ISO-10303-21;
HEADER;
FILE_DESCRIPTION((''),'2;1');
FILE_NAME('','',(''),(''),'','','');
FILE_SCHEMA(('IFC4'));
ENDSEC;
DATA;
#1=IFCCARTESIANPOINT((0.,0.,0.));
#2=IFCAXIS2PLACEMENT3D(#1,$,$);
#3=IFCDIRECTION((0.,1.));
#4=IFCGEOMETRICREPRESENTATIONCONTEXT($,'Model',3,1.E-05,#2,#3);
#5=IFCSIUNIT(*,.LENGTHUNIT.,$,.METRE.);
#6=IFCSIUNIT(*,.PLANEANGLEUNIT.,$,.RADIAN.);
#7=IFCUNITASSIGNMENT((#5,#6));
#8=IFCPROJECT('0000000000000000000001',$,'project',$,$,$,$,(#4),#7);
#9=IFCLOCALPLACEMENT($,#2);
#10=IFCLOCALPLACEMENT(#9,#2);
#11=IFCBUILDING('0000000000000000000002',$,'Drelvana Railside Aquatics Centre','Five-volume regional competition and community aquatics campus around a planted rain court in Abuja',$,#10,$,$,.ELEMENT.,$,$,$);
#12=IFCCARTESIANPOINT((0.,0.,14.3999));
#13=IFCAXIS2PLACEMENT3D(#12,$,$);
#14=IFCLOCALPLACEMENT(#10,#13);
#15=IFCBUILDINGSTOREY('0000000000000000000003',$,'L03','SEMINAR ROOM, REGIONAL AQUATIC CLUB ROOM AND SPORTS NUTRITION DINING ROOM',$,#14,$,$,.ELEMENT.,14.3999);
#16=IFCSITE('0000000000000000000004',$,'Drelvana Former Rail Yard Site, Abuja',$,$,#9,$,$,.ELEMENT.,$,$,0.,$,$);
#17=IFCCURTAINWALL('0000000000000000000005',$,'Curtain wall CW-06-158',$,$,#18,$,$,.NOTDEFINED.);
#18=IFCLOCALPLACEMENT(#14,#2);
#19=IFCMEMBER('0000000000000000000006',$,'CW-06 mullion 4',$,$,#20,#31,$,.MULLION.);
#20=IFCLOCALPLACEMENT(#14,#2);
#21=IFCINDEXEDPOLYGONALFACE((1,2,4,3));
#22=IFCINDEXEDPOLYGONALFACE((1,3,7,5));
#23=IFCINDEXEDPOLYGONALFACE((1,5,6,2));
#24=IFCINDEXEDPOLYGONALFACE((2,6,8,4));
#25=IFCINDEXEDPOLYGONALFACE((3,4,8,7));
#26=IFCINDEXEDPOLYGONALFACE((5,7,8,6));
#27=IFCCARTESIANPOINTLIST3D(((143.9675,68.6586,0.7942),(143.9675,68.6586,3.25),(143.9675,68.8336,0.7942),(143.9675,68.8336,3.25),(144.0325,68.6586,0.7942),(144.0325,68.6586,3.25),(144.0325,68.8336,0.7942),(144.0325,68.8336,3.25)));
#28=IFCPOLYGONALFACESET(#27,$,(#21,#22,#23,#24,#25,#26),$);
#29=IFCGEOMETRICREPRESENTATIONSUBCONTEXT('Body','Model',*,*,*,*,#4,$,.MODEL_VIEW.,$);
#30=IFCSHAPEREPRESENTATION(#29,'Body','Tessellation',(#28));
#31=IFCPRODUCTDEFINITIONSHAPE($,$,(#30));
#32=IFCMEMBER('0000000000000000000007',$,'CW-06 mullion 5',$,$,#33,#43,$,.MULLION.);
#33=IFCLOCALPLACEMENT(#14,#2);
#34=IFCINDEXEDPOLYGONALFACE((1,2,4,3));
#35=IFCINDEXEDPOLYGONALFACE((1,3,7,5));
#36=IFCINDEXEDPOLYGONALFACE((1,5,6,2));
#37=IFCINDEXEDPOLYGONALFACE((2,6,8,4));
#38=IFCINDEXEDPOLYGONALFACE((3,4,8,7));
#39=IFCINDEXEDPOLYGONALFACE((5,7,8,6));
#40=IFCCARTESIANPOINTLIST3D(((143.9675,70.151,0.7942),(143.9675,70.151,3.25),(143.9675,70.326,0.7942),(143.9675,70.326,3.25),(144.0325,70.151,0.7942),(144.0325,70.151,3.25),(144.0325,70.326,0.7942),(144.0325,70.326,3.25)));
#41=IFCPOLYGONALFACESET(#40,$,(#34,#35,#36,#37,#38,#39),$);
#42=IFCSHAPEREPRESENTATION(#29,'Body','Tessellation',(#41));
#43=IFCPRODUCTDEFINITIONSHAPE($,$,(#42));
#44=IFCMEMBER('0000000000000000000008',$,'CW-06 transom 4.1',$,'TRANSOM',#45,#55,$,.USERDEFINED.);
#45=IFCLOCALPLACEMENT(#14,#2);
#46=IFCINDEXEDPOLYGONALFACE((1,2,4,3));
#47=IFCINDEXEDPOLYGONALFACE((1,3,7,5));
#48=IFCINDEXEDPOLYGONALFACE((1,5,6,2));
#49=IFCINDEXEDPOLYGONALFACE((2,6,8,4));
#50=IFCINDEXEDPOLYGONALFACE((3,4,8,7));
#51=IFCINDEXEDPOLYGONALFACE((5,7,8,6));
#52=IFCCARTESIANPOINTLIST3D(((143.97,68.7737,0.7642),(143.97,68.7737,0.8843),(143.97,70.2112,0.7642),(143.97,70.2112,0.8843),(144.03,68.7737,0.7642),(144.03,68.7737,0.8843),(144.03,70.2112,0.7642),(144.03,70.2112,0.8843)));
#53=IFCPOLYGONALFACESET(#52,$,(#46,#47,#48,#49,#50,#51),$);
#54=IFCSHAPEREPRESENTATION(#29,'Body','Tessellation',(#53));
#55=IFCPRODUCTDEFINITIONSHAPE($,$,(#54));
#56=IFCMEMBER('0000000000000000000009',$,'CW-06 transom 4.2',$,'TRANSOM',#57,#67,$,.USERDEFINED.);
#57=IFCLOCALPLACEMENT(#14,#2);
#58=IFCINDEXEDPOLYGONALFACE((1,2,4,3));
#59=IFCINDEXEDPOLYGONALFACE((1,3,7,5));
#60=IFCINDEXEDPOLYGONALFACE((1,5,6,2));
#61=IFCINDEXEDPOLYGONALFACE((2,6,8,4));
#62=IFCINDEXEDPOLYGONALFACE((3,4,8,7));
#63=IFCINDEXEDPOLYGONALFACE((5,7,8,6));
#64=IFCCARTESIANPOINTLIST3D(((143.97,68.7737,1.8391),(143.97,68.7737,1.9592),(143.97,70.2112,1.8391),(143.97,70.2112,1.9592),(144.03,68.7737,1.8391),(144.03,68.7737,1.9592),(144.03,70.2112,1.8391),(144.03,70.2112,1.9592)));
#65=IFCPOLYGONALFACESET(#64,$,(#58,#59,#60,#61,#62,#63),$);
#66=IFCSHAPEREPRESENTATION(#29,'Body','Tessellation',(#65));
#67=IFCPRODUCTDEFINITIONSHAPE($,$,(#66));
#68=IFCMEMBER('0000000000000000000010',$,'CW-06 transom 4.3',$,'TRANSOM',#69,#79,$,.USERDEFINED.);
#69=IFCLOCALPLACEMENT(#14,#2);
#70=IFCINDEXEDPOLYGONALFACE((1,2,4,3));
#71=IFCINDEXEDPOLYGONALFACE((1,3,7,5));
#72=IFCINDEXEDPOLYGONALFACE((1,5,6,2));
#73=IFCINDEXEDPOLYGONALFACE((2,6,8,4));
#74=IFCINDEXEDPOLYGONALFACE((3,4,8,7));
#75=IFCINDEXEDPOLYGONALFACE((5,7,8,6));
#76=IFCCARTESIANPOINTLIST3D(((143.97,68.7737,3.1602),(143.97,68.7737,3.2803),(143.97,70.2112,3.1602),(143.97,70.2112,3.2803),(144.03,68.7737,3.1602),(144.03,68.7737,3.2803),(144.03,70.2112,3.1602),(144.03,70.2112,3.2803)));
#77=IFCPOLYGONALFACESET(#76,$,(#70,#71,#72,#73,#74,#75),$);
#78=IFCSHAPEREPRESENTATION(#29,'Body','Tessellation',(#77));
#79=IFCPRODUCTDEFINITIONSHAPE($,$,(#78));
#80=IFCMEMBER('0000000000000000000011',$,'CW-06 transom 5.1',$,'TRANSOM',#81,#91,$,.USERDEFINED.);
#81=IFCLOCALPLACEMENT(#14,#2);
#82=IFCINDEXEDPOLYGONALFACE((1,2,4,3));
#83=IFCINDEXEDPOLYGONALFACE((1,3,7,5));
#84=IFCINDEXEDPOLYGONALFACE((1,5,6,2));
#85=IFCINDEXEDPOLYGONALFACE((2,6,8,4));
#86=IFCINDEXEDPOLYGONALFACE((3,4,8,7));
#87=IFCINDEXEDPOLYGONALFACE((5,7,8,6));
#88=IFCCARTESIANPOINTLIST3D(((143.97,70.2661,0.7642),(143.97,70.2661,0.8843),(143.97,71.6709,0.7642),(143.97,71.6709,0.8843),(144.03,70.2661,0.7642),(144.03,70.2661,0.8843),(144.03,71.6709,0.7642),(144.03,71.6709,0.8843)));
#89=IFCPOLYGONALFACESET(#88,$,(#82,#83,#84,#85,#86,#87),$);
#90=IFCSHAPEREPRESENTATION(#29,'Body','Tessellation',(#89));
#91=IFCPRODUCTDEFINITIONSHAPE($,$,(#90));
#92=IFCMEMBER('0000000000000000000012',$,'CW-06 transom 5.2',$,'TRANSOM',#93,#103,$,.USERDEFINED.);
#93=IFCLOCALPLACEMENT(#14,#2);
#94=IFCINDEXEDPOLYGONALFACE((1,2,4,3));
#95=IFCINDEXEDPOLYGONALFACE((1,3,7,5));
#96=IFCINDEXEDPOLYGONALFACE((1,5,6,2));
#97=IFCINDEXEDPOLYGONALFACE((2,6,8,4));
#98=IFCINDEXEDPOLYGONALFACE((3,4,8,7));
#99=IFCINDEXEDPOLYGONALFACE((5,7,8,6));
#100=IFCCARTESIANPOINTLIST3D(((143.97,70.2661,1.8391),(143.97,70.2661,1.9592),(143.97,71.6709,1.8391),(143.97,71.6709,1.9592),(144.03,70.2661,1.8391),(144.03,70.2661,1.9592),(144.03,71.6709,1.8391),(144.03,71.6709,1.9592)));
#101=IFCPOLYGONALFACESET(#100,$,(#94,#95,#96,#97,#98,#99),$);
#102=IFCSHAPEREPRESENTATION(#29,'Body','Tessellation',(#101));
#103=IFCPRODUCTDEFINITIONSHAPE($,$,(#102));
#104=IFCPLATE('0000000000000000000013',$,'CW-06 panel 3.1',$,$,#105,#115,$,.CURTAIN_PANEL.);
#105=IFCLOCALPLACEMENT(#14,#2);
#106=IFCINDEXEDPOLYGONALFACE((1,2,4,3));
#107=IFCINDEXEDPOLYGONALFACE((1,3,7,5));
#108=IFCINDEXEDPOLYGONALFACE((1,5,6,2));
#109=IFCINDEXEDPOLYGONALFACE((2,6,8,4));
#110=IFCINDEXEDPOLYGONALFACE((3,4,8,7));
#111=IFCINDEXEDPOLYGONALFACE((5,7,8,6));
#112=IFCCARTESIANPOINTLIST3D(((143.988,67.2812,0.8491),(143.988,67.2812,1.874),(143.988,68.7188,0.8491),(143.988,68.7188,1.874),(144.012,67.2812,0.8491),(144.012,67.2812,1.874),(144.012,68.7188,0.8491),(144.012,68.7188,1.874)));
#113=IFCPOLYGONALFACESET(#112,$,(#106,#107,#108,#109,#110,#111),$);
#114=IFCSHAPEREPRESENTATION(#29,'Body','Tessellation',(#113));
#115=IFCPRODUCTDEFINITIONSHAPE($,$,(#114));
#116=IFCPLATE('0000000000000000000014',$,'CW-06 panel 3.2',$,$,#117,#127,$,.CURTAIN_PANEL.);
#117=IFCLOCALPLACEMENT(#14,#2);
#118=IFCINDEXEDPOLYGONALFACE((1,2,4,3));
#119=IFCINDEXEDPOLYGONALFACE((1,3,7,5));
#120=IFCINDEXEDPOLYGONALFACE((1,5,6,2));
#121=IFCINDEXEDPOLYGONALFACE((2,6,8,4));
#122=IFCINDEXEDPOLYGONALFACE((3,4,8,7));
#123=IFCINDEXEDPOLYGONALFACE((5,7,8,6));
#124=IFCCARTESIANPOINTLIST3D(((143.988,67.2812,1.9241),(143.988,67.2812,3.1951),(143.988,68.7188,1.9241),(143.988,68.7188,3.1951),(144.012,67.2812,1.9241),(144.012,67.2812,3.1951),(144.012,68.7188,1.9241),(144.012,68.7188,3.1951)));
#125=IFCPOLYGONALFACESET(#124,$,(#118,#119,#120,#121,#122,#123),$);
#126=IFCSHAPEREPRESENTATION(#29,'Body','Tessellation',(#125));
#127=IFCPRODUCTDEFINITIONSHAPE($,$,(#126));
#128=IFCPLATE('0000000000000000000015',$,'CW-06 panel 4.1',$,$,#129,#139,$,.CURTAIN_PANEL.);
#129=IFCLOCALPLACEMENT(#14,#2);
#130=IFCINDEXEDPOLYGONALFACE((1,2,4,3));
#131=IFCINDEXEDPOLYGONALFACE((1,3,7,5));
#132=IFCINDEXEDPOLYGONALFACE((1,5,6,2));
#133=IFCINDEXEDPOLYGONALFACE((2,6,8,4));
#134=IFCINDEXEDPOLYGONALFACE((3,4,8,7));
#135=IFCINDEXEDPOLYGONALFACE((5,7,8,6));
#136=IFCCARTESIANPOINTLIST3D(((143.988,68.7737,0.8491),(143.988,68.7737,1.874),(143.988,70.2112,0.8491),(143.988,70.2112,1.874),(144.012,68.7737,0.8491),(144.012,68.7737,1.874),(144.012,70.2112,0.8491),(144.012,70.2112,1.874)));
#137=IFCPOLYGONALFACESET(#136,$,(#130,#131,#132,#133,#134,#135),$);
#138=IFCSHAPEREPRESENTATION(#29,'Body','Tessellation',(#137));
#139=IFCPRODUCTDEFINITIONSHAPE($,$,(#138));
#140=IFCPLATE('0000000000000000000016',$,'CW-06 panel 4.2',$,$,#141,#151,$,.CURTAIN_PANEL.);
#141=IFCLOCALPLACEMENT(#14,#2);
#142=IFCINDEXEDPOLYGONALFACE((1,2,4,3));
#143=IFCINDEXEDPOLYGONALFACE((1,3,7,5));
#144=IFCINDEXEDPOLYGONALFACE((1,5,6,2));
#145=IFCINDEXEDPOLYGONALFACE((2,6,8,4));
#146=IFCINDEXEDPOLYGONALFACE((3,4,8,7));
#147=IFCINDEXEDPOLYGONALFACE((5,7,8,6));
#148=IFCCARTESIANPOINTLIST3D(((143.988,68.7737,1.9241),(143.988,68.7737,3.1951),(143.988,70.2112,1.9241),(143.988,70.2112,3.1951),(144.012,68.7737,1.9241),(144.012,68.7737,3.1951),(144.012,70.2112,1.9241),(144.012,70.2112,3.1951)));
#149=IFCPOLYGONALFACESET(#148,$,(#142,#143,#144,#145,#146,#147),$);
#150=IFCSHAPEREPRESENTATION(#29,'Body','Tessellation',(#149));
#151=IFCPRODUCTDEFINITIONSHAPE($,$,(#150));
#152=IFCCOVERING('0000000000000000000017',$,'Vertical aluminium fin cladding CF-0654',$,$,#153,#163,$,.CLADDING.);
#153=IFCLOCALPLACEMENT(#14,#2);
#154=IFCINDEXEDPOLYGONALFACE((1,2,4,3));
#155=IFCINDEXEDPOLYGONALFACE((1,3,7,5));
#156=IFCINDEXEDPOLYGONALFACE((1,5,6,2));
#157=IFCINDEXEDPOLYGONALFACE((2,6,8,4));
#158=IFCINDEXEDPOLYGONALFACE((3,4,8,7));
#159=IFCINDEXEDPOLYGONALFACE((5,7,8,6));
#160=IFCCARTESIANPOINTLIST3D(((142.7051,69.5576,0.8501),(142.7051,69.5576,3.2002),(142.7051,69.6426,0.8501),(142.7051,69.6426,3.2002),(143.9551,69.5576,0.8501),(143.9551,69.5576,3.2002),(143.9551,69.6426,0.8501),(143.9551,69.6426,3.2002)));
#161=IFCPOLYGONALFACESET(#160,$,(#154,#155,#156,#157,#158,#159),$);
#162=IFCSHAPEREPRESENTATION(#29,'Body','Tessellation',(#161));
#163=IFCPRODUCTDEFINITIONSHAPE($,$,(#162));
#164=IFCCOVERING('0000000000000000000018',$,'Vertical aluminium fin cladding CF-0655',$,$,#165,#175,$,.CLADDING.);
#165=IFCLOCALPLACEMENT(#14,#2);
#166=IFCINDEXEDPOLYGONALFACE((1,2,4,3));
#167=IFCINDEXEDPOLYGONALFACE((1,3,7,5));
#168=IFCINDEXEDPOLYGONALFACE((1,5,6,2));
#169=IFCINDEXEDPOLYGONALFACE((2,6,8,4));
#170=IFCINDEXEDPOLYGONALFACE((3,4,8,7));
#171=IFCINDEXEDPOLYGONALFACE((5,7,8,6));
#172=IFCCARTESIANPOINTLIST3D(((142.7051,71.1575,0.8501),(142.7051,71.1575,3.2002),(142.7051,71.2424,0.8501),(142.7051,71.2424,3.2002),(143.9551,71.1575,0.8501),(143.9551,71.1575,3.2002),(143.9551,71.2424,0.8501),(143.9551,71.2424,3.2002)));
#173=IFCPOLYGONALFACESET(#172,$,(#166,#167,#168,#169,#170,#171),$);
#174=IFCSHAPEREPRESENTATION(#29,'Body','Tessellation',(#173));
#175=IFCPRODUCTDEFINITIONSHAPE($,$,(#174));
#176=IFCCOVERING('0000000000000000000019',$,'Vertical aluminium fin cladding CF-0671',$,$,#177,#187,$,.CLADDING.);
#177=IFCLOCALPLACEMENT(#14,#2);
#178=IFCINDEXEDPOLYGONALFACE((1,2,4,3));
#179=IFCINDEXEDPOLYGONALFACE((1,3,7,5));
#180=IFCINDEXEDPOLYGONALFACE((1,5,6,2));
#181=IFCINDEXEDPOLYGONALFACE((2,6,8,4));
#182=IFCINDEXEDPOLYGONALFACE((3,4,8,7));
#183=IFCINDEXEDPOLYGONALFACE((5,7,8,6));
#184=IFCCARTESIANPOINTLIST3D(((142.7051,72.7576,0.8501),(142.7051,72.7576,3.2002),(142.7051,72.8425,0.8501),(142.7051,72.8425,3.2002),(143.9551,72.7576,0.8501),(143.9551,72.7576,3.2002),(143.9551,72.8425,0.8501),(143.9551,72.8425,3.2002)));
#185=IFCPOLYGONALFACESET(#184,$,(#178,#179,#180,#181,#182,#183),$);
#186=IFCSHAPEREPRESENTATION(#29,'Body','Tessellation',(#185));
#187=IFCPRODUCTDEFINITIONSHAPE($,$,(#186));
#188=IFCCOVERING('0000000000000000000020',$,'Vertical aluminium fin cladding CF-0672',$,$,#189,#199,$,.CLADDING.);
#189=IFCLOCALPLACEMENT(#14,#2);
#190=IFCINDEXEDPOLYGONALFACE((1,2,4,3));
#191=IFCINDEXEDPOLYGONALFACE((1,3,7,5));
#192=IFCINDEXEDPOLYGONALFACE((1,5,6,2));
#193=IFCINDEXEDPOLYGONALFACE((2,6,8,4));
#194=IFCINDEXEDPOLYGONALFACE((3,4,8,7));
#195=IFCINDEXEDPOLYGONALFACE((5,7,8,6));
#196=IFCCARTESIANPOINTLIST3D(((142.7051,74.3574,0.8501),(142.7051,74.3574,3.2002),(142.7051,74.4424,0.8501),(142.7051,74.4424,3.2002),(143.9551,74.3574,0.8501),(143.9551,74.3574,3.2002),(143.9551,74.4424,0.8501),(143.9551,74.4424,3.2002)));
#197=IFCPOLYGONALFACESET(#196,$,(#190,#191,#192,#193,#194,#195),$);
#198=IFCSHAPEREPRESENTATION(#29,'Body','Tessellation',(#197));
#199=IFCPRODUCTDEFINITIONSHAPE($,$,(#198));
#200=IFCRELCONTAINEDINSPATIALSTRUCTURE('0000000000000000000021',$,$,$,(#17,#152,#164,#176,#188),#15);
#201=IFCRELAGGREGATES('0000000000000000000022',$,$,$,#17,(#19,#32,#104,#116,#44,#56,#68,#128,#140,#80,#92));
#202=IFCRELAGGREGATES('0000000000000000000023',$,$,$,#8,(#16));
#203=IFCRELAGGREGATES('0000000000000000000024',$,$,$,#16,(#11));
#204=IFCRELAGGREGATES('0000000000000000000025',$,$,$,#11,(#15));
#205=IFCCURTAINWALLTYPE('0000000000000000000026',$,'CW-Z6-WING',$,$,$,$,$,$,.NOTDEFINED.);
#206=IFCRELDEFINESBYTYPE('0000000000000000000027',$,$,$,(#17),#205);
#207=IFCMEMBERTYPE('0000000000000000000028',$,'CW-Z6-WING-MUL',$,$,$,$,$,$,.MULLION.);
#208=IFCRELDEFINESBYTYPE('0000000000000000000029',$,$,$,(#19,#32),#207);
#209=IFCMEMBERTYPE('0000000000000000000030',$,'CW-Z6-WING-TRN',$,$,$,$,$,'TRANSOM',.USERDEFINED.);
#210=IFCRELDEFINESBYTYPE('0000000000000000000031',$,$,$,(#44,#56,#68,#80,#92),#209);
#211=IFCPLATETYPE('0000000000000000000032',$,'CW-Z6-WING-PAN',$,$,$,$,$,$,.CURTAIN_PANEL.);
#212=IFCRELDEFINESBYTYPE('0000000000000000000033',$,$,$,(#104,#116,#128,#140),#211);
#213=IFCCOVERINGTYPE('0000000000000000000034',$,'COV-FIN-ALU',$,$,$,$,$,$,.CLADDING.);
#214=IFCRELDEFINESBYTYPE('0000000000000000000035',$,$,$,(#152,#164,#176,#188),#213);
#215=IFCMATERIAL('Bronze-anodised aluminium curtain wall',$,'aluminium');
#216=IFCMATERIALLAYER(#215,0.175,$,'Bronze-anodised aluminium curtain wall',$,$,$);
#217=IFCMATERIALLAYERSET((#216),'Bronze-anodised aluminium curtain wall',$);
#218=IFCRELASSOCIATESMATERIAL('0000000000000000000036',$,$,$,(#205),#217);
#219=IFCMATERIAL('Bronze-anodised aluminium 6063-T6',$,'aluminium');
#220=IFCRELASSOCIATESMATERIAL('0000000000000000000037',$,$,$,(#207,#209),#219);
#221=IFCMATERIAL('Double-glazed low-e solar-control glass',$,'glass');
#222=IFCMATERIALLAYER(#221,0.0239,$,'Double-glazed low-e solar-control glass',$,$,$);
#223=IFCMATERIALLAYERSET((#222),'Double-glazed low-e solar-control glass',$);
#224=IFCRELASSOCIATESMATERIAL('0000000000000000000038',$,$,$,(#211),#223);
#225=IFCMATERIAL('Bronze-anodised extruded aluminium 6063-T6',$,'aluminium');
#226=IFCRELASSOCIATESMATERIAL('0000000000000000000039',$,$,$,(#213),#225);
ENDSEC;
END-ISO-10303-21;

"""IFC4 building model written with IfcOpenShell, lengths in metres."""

from ifc_helpers import new_model, si_unit, direction, frame, origin, origin_2d, place, context, subcontext, project, spatial, rectangle, extrude, material, layer, layer_set, material_profile, profile_set, type_object, element, aggregate, save


model = new_model("IFC4")

# Units and contexts
model_context = context("Model", 3, precision=1e-05, world=origin(), true_north=direction((0.0, 1.0)))
body_context = subcontext(model_context, "Body", "Model", "MODEL_VIEW")
ifc_project = project(units=[si_unit("LENGTHUNIT", "METRE"), si_unit("PLANEANGLEUNIT", "RADIAN")], contexts=[model_context])

# Site, building, storey
site_placement = place(None, origin())
site = spatial("IfcSite", under=ifc_project, at=site_placement, Name="Drelvana Former Rail Yard Site, Abuja", CompositionType="ELEMENT", RefElevation=0.0)
building_placement = place(site_placement, origin())
building = spatial("IfcBuilding", under=site, at=building_placement, Name="Drelvana Railside Aquatics Centre", Description="Five-volume regional competition and community aquatics campus around a planted rain court in Abuja", CompositionType="ELEMENT")
storey_placement = place(building_placement, frame((0.0, 0.0, 14.3999)))
storey = spatial("IfcBuildingStorey", under=building, at=storey_placement, Name="L03", Description="SEMINAR ROOM, REGIONAL AQUATIC CLUB ROOM AND SPORTS NUTRITION DINING ROOM", CompositionType="ELEMENT", Elevation=14.3999)

# Curtain wall, members, plates
ifc_material_1 = material(Name="Bronze-anodised aluminium curtain wall", Category="aluminium")
ifc_layer_1 = layer(ifc_material_1, 0.175, Name="Bronze-anodised aluminium curtain wall")
ifc_layer_set_1 = layer_set([ifc_layer_1], Name="Bronze-anodised aluminium curtain wall")
curtain_wall_type = type_object("IfcCurtainWallType", Name="CW-Z6-WING", PredefinedType="NOTDEFINED", material=ifc_layer_set_1)
curtain_wall_placement = place(storey_placement, origin())
curtain_wall = element("IfcCurtainWall", 1, at=curtain_wall_placement, inside=storey, type_object=curtain_wall_type, Name="Curtain wall CW-06-158", PredefinedType="NOTDEFINED")
ifc_material_2 = material(Name="Bronze-anodised aluminium 6063-T6", Category="aluminium")
ifc_material_profile_1 = material_profile(ifc_material_2, rectangle(XDim=0.0649, YDim=0.175, at=origin_2d()), Name="ALU-M 65x175")
ifc_profile_set_1 = profile_set([ifc_material_profile_1], Name="Bronze-anodised aluminium 6063-T6")
member_type_1 = type_object("IfcMemberType", Name="CW-Z6-WING-MUL", PredefinedType="MULLION", material=ifc_profile_set_1)
member_1_placement = place(storey_placement, frame((144.0, 68.7461, 0.7942), z_axis=(0.0, 0.0, 1.0), x_axis=(-1.0, 0.0, 0.0)))
member_1 = element("IfcMember", 2, at=member_1_placement, type_object=member_type_1, Name="CW-06 mullion 4", PredefinedType="MULLION", context=body_context, shape_type="SweptSolid", body=[
    extrude(rectangle(XDim=0.0649, YDim=0.175, at=origin_2d()), origin(), (0.0, 0.0, 1.0), 2.4558),
])
member_2_placement = place(storey_placement, frame((144.0, 70.2385, 0.7942), z_axis=(0.0, 0.0, 1.0), x_axis=(-1.0, 0.0, 0.0)))
member_2 = element("IfcMember", 3, at=member_2_placement, type_object=member_type_1, Name="CW-06 mullion 5", PredefinedType="MULLION", context=body_context, shape_type="SweptSolid", body=[
    extrude(rectangle(XDim=0.0649, YDim=0.175, at=origin_2d()), origin(), (0.0, 0.0, 1.0), 2.4558),
])
ifc_material_profile_2 = material_profile(ifc_material_2, rectangle(XDim=0.1201, YDim=0.0601, at=origin_2d()), Name="ALU-T 60x120")
ifc_profile_set_2 = profile_set([ifc_material_profile_2], Name="Bronze-anodised aluminium 6063-T6")
member_type_2 = type_object("IfcMemberType", Name="CW-Z6-WING-TRN", ElementType="TRANSOM", PredefinedType="USERDEFINED", material=ifc_profile_set_2)
member_3_placement = place(storey_placement, frame((144.0, 68.7737, 0.8242), z_axis=(0.0, 1.0, 0.0), x_axis=(0.0, 0.0, 1.0)))
member_3 = element("IfcMember", 4, at=member_3_placement, type_object=member_type_2, Name="CW-06 transom 4.1", ObjectType="TRANSOM", PredefinedType="USERDEFINED", context=body_context, shape_type="SweptSolid", body=[
    extrude(rectangle(XDim=0.1201, YDim=0.0601, at=origin_2d()), origin(), (0.0, 0.0, 1.0), 1.4375),
])
member_4_placement = place(storey_placement, frame((144.0, 68.7737, 1.8992), z_axis=(0.0, 1.0, 0.0), x_axis=(0.0, 0.0, 1.0)))
member_4 = element("IfcMember", 5, at=member_4_placement, type_object=member_type_2, Name="CW-06 transom 4.2", ObjectType="TRANSOM", PredefinedType="USERDEFINED", context=body_context, shape_type="SweptSolid", body=[
    extrude(rectangle(XDim=0.1201, YDim=0.0601, at=origin_2d()), origin(), (0.0, 0.0, 1.0), 1.4375),
])
member_5_placement = place(storey_placement, frame((144.0, 68.7737, 3.2202), z_axis=(0.0, 1.0, 0.0), x_axis=(0.0, 0.0, 1.0)))
member_5 = element("IfcMember", 6, at=member_5_placement, type_object=member_type_2, Name="CW-06 transom 4.3", ObjectType="TRANSOM", PredefinedType="USERDEFINED", context=body_context, shape_type="SweptSolid", body=[
    extrude(rectangle(XDim=0.1201, YDim=0.0601, at=origin_2d()), origin(), (0.0, 0.0, 1.0), 1.4375),
])
member_6_placement = place(storey_placement, frame((144.0, 70.2661, 0.8242), z_axis=(0.0, 1.0, 0.0), x_axis=(0.0, 0.0, 1.0)))
member_6 = element("IfcMember", 7, at=member_6_placement, type_object=member_type_2, Name="CW-06 transom 5.1", ObjectType="TRANSOM", PredefinedType="USERDEFINED", context=body_context, shape_type="SweptSolid", body=[
    extrude(rectangle(XDim=0.1201, YDim=0.0601, at=origin_2d()), origin(), (0.0, 0.0, 1.0), 1.4048),
])
member_7_placement = place(storey_placement, frame((144.0, 70.2661, 1.8992), z_axis=(0.0, 1.0, 0.0), x_axis=(0.0, 0.0, 1.0)))
member_7 = element("IfcMember", 8, at=member_7_placement, type_object=member_type_2, Name="CW-06 transom 5.2", ObjectType="TRANSOM", PredefinedType="USERDEFINED", context=body_context, shape_type="SweptSolid", body=[
    extrude(rectangle(XDim=0.1201, YDim=0.0601, at=origin_2d()), origin(), (0.0, 0.0, 1.0), 1.4048),
])
ifc_material_3 = material(Name="Double-glazed low-e solar-control glass", Category="glass")
ifc_layer_2 = layer(ifc_material_3, 0.0239, Name="Double-glazed low-e solar-control glass")
ifc_layer_set_2 = layer_set([ifc_layer_2], Name="Double-glazed low-e solar-control glass")
plate_type = type_object("IfcPlateType", Name="CW-Z6-WING-PAN", PredefinedType="CURTAIN_PANEL", material=ifc_layer_set_2)
plate_1_placement = place(storey_placement, frame((144.0, 68.0, 0.8491), z_axis=(0.0, 0.0, 1.0), x_axis=(0.0, 1.0, 0.0)))
plate_1 = element("IfcPlate", 9, at=plate_1_placement, type_object=plate_type, Name="CW-06 panel 3.1", PredefinedType="CURTAIN_PANEL", context=body_context, shape_type="SweptSolid", body=[
    extrude(rectangle(XDim=1.4375, YDim=0.0239, at=origin_2d()), origin(), (0.0, 0.0, 1.0), 1.0249),
])
plate_2_placement = place(storey_placement, frame((144.0, 68.0, 1.9241), z_axis=(0.0, 0.0, 1.0), x_axis=(0.0, 1.0, 0.0)))
plate_2 = element("IfcPlate", 10, at=plate_2_placement, type_object=plate_type, Name="CW-06 panel 3.2", PredefinedType="CURTAIN_PANEL", context=body_context, shape_type="SweptSolid", body=[
    extrude(rectangle(XDim=1.4375, YDim=0.0239, at=origin_2d()), origin(), (0.0, 0.0, 1.0), 1.271),
])
plate_3_placement = place(storey_placement, frame((144.0, 69.4924, 0.8491), z_axis=(0.0, 0.0, 1.0), x_axis=(0.0, 1.0, 0.0)))
plate_3 = element("IfcPlate", 11, at=plate_3_placement, type_object=plate_type, Name="CW-06 panel 4.1", PredefinedType="CURTAIN_PANEL", context=body_context, shape_type="SweptSolid", body=[
    extrude(rectangle(XDim=1.4375, YDim=0.0239, at=origin_2d()), origin(), (0.0, 0.0, 1.0), 1.0249),
])
plate_4_placement = place(storey_placement, frame((144.0, 69.4924, 1.9241), z_axis=(0.0, 0.0, 1.0), x_axis=(0.0, 1.0, 0.0)))
plate_4 = element("IfcPlate", 12, at=plate_4_placement, type_object=plate_type, Name="CW-06 panel 4.2", PredefinedType="CURTAIN_PANEL", context=body_context, shape_type="SweptSolid", body=[
    extrude(rectangle(XDim=1.4375, YDim=0.0239, at=origin_2d()), origin(), (0.0, 0.0, 1.0), 1.271),
])
aggregate(curtain_wall, [member_1, member_2, plate_1, plate_2, member_3, member_4, member_5, plate_3, plate_4, member_6, member_7])

# Coverings
ifc_material_4 = material(Name="Bronze-anodised extruded aluminium 6063-T6", Category="aluminium")
covering_type = type_object("IfcCoveringType", Name="COV-FIN-ALU", PredefinedType="CLADDING", material=ifc_material_4)
for number, where, z_axis, x_axis, name in (
    (13, (143.3301, 69.6001, 0.8501), (0.0, 0.0, 1.0), (0.0, 1.0, 0.0), "Vertical aluminium fin cladding CF-0654"),
    (14, (143.3301, 71.2, 0.8501), (0.0, 0.0, 1.0), (0.0, 1.0, 0.0), "Vertical aluminium fin cladding CF-0655"),
    (15, (143.3301, 72.8, 0.8501), (0.0, 0.0, 1.0), (0.0, 1.0, 0.0), "Vertical aluminium fin cladding CF-0671"),
    (16, (143.3301, 74.3999, 0.8501), (0.0, 0.0, 1.0), (0.0, 1.0, 0.0), "Vertical aluminium fin cladding CF-0672"),
):
    element("IfcCovering", number, at=place(storey_placement, frame(where, z_axis=z_axis, x_axis=x_axis)), inside=storey, type_object=covering_type, Name=name, PredefinedType="CLADDING", context=body_context, shape_type="SweptSolid", body=[
        extrude(rectangle(XDim=0.085, YDim=1.25, at=origin_2d()), origin(), (0.0, 0.0, 1.0), 2.3501),
    ])

save(model, "model.ifc")
